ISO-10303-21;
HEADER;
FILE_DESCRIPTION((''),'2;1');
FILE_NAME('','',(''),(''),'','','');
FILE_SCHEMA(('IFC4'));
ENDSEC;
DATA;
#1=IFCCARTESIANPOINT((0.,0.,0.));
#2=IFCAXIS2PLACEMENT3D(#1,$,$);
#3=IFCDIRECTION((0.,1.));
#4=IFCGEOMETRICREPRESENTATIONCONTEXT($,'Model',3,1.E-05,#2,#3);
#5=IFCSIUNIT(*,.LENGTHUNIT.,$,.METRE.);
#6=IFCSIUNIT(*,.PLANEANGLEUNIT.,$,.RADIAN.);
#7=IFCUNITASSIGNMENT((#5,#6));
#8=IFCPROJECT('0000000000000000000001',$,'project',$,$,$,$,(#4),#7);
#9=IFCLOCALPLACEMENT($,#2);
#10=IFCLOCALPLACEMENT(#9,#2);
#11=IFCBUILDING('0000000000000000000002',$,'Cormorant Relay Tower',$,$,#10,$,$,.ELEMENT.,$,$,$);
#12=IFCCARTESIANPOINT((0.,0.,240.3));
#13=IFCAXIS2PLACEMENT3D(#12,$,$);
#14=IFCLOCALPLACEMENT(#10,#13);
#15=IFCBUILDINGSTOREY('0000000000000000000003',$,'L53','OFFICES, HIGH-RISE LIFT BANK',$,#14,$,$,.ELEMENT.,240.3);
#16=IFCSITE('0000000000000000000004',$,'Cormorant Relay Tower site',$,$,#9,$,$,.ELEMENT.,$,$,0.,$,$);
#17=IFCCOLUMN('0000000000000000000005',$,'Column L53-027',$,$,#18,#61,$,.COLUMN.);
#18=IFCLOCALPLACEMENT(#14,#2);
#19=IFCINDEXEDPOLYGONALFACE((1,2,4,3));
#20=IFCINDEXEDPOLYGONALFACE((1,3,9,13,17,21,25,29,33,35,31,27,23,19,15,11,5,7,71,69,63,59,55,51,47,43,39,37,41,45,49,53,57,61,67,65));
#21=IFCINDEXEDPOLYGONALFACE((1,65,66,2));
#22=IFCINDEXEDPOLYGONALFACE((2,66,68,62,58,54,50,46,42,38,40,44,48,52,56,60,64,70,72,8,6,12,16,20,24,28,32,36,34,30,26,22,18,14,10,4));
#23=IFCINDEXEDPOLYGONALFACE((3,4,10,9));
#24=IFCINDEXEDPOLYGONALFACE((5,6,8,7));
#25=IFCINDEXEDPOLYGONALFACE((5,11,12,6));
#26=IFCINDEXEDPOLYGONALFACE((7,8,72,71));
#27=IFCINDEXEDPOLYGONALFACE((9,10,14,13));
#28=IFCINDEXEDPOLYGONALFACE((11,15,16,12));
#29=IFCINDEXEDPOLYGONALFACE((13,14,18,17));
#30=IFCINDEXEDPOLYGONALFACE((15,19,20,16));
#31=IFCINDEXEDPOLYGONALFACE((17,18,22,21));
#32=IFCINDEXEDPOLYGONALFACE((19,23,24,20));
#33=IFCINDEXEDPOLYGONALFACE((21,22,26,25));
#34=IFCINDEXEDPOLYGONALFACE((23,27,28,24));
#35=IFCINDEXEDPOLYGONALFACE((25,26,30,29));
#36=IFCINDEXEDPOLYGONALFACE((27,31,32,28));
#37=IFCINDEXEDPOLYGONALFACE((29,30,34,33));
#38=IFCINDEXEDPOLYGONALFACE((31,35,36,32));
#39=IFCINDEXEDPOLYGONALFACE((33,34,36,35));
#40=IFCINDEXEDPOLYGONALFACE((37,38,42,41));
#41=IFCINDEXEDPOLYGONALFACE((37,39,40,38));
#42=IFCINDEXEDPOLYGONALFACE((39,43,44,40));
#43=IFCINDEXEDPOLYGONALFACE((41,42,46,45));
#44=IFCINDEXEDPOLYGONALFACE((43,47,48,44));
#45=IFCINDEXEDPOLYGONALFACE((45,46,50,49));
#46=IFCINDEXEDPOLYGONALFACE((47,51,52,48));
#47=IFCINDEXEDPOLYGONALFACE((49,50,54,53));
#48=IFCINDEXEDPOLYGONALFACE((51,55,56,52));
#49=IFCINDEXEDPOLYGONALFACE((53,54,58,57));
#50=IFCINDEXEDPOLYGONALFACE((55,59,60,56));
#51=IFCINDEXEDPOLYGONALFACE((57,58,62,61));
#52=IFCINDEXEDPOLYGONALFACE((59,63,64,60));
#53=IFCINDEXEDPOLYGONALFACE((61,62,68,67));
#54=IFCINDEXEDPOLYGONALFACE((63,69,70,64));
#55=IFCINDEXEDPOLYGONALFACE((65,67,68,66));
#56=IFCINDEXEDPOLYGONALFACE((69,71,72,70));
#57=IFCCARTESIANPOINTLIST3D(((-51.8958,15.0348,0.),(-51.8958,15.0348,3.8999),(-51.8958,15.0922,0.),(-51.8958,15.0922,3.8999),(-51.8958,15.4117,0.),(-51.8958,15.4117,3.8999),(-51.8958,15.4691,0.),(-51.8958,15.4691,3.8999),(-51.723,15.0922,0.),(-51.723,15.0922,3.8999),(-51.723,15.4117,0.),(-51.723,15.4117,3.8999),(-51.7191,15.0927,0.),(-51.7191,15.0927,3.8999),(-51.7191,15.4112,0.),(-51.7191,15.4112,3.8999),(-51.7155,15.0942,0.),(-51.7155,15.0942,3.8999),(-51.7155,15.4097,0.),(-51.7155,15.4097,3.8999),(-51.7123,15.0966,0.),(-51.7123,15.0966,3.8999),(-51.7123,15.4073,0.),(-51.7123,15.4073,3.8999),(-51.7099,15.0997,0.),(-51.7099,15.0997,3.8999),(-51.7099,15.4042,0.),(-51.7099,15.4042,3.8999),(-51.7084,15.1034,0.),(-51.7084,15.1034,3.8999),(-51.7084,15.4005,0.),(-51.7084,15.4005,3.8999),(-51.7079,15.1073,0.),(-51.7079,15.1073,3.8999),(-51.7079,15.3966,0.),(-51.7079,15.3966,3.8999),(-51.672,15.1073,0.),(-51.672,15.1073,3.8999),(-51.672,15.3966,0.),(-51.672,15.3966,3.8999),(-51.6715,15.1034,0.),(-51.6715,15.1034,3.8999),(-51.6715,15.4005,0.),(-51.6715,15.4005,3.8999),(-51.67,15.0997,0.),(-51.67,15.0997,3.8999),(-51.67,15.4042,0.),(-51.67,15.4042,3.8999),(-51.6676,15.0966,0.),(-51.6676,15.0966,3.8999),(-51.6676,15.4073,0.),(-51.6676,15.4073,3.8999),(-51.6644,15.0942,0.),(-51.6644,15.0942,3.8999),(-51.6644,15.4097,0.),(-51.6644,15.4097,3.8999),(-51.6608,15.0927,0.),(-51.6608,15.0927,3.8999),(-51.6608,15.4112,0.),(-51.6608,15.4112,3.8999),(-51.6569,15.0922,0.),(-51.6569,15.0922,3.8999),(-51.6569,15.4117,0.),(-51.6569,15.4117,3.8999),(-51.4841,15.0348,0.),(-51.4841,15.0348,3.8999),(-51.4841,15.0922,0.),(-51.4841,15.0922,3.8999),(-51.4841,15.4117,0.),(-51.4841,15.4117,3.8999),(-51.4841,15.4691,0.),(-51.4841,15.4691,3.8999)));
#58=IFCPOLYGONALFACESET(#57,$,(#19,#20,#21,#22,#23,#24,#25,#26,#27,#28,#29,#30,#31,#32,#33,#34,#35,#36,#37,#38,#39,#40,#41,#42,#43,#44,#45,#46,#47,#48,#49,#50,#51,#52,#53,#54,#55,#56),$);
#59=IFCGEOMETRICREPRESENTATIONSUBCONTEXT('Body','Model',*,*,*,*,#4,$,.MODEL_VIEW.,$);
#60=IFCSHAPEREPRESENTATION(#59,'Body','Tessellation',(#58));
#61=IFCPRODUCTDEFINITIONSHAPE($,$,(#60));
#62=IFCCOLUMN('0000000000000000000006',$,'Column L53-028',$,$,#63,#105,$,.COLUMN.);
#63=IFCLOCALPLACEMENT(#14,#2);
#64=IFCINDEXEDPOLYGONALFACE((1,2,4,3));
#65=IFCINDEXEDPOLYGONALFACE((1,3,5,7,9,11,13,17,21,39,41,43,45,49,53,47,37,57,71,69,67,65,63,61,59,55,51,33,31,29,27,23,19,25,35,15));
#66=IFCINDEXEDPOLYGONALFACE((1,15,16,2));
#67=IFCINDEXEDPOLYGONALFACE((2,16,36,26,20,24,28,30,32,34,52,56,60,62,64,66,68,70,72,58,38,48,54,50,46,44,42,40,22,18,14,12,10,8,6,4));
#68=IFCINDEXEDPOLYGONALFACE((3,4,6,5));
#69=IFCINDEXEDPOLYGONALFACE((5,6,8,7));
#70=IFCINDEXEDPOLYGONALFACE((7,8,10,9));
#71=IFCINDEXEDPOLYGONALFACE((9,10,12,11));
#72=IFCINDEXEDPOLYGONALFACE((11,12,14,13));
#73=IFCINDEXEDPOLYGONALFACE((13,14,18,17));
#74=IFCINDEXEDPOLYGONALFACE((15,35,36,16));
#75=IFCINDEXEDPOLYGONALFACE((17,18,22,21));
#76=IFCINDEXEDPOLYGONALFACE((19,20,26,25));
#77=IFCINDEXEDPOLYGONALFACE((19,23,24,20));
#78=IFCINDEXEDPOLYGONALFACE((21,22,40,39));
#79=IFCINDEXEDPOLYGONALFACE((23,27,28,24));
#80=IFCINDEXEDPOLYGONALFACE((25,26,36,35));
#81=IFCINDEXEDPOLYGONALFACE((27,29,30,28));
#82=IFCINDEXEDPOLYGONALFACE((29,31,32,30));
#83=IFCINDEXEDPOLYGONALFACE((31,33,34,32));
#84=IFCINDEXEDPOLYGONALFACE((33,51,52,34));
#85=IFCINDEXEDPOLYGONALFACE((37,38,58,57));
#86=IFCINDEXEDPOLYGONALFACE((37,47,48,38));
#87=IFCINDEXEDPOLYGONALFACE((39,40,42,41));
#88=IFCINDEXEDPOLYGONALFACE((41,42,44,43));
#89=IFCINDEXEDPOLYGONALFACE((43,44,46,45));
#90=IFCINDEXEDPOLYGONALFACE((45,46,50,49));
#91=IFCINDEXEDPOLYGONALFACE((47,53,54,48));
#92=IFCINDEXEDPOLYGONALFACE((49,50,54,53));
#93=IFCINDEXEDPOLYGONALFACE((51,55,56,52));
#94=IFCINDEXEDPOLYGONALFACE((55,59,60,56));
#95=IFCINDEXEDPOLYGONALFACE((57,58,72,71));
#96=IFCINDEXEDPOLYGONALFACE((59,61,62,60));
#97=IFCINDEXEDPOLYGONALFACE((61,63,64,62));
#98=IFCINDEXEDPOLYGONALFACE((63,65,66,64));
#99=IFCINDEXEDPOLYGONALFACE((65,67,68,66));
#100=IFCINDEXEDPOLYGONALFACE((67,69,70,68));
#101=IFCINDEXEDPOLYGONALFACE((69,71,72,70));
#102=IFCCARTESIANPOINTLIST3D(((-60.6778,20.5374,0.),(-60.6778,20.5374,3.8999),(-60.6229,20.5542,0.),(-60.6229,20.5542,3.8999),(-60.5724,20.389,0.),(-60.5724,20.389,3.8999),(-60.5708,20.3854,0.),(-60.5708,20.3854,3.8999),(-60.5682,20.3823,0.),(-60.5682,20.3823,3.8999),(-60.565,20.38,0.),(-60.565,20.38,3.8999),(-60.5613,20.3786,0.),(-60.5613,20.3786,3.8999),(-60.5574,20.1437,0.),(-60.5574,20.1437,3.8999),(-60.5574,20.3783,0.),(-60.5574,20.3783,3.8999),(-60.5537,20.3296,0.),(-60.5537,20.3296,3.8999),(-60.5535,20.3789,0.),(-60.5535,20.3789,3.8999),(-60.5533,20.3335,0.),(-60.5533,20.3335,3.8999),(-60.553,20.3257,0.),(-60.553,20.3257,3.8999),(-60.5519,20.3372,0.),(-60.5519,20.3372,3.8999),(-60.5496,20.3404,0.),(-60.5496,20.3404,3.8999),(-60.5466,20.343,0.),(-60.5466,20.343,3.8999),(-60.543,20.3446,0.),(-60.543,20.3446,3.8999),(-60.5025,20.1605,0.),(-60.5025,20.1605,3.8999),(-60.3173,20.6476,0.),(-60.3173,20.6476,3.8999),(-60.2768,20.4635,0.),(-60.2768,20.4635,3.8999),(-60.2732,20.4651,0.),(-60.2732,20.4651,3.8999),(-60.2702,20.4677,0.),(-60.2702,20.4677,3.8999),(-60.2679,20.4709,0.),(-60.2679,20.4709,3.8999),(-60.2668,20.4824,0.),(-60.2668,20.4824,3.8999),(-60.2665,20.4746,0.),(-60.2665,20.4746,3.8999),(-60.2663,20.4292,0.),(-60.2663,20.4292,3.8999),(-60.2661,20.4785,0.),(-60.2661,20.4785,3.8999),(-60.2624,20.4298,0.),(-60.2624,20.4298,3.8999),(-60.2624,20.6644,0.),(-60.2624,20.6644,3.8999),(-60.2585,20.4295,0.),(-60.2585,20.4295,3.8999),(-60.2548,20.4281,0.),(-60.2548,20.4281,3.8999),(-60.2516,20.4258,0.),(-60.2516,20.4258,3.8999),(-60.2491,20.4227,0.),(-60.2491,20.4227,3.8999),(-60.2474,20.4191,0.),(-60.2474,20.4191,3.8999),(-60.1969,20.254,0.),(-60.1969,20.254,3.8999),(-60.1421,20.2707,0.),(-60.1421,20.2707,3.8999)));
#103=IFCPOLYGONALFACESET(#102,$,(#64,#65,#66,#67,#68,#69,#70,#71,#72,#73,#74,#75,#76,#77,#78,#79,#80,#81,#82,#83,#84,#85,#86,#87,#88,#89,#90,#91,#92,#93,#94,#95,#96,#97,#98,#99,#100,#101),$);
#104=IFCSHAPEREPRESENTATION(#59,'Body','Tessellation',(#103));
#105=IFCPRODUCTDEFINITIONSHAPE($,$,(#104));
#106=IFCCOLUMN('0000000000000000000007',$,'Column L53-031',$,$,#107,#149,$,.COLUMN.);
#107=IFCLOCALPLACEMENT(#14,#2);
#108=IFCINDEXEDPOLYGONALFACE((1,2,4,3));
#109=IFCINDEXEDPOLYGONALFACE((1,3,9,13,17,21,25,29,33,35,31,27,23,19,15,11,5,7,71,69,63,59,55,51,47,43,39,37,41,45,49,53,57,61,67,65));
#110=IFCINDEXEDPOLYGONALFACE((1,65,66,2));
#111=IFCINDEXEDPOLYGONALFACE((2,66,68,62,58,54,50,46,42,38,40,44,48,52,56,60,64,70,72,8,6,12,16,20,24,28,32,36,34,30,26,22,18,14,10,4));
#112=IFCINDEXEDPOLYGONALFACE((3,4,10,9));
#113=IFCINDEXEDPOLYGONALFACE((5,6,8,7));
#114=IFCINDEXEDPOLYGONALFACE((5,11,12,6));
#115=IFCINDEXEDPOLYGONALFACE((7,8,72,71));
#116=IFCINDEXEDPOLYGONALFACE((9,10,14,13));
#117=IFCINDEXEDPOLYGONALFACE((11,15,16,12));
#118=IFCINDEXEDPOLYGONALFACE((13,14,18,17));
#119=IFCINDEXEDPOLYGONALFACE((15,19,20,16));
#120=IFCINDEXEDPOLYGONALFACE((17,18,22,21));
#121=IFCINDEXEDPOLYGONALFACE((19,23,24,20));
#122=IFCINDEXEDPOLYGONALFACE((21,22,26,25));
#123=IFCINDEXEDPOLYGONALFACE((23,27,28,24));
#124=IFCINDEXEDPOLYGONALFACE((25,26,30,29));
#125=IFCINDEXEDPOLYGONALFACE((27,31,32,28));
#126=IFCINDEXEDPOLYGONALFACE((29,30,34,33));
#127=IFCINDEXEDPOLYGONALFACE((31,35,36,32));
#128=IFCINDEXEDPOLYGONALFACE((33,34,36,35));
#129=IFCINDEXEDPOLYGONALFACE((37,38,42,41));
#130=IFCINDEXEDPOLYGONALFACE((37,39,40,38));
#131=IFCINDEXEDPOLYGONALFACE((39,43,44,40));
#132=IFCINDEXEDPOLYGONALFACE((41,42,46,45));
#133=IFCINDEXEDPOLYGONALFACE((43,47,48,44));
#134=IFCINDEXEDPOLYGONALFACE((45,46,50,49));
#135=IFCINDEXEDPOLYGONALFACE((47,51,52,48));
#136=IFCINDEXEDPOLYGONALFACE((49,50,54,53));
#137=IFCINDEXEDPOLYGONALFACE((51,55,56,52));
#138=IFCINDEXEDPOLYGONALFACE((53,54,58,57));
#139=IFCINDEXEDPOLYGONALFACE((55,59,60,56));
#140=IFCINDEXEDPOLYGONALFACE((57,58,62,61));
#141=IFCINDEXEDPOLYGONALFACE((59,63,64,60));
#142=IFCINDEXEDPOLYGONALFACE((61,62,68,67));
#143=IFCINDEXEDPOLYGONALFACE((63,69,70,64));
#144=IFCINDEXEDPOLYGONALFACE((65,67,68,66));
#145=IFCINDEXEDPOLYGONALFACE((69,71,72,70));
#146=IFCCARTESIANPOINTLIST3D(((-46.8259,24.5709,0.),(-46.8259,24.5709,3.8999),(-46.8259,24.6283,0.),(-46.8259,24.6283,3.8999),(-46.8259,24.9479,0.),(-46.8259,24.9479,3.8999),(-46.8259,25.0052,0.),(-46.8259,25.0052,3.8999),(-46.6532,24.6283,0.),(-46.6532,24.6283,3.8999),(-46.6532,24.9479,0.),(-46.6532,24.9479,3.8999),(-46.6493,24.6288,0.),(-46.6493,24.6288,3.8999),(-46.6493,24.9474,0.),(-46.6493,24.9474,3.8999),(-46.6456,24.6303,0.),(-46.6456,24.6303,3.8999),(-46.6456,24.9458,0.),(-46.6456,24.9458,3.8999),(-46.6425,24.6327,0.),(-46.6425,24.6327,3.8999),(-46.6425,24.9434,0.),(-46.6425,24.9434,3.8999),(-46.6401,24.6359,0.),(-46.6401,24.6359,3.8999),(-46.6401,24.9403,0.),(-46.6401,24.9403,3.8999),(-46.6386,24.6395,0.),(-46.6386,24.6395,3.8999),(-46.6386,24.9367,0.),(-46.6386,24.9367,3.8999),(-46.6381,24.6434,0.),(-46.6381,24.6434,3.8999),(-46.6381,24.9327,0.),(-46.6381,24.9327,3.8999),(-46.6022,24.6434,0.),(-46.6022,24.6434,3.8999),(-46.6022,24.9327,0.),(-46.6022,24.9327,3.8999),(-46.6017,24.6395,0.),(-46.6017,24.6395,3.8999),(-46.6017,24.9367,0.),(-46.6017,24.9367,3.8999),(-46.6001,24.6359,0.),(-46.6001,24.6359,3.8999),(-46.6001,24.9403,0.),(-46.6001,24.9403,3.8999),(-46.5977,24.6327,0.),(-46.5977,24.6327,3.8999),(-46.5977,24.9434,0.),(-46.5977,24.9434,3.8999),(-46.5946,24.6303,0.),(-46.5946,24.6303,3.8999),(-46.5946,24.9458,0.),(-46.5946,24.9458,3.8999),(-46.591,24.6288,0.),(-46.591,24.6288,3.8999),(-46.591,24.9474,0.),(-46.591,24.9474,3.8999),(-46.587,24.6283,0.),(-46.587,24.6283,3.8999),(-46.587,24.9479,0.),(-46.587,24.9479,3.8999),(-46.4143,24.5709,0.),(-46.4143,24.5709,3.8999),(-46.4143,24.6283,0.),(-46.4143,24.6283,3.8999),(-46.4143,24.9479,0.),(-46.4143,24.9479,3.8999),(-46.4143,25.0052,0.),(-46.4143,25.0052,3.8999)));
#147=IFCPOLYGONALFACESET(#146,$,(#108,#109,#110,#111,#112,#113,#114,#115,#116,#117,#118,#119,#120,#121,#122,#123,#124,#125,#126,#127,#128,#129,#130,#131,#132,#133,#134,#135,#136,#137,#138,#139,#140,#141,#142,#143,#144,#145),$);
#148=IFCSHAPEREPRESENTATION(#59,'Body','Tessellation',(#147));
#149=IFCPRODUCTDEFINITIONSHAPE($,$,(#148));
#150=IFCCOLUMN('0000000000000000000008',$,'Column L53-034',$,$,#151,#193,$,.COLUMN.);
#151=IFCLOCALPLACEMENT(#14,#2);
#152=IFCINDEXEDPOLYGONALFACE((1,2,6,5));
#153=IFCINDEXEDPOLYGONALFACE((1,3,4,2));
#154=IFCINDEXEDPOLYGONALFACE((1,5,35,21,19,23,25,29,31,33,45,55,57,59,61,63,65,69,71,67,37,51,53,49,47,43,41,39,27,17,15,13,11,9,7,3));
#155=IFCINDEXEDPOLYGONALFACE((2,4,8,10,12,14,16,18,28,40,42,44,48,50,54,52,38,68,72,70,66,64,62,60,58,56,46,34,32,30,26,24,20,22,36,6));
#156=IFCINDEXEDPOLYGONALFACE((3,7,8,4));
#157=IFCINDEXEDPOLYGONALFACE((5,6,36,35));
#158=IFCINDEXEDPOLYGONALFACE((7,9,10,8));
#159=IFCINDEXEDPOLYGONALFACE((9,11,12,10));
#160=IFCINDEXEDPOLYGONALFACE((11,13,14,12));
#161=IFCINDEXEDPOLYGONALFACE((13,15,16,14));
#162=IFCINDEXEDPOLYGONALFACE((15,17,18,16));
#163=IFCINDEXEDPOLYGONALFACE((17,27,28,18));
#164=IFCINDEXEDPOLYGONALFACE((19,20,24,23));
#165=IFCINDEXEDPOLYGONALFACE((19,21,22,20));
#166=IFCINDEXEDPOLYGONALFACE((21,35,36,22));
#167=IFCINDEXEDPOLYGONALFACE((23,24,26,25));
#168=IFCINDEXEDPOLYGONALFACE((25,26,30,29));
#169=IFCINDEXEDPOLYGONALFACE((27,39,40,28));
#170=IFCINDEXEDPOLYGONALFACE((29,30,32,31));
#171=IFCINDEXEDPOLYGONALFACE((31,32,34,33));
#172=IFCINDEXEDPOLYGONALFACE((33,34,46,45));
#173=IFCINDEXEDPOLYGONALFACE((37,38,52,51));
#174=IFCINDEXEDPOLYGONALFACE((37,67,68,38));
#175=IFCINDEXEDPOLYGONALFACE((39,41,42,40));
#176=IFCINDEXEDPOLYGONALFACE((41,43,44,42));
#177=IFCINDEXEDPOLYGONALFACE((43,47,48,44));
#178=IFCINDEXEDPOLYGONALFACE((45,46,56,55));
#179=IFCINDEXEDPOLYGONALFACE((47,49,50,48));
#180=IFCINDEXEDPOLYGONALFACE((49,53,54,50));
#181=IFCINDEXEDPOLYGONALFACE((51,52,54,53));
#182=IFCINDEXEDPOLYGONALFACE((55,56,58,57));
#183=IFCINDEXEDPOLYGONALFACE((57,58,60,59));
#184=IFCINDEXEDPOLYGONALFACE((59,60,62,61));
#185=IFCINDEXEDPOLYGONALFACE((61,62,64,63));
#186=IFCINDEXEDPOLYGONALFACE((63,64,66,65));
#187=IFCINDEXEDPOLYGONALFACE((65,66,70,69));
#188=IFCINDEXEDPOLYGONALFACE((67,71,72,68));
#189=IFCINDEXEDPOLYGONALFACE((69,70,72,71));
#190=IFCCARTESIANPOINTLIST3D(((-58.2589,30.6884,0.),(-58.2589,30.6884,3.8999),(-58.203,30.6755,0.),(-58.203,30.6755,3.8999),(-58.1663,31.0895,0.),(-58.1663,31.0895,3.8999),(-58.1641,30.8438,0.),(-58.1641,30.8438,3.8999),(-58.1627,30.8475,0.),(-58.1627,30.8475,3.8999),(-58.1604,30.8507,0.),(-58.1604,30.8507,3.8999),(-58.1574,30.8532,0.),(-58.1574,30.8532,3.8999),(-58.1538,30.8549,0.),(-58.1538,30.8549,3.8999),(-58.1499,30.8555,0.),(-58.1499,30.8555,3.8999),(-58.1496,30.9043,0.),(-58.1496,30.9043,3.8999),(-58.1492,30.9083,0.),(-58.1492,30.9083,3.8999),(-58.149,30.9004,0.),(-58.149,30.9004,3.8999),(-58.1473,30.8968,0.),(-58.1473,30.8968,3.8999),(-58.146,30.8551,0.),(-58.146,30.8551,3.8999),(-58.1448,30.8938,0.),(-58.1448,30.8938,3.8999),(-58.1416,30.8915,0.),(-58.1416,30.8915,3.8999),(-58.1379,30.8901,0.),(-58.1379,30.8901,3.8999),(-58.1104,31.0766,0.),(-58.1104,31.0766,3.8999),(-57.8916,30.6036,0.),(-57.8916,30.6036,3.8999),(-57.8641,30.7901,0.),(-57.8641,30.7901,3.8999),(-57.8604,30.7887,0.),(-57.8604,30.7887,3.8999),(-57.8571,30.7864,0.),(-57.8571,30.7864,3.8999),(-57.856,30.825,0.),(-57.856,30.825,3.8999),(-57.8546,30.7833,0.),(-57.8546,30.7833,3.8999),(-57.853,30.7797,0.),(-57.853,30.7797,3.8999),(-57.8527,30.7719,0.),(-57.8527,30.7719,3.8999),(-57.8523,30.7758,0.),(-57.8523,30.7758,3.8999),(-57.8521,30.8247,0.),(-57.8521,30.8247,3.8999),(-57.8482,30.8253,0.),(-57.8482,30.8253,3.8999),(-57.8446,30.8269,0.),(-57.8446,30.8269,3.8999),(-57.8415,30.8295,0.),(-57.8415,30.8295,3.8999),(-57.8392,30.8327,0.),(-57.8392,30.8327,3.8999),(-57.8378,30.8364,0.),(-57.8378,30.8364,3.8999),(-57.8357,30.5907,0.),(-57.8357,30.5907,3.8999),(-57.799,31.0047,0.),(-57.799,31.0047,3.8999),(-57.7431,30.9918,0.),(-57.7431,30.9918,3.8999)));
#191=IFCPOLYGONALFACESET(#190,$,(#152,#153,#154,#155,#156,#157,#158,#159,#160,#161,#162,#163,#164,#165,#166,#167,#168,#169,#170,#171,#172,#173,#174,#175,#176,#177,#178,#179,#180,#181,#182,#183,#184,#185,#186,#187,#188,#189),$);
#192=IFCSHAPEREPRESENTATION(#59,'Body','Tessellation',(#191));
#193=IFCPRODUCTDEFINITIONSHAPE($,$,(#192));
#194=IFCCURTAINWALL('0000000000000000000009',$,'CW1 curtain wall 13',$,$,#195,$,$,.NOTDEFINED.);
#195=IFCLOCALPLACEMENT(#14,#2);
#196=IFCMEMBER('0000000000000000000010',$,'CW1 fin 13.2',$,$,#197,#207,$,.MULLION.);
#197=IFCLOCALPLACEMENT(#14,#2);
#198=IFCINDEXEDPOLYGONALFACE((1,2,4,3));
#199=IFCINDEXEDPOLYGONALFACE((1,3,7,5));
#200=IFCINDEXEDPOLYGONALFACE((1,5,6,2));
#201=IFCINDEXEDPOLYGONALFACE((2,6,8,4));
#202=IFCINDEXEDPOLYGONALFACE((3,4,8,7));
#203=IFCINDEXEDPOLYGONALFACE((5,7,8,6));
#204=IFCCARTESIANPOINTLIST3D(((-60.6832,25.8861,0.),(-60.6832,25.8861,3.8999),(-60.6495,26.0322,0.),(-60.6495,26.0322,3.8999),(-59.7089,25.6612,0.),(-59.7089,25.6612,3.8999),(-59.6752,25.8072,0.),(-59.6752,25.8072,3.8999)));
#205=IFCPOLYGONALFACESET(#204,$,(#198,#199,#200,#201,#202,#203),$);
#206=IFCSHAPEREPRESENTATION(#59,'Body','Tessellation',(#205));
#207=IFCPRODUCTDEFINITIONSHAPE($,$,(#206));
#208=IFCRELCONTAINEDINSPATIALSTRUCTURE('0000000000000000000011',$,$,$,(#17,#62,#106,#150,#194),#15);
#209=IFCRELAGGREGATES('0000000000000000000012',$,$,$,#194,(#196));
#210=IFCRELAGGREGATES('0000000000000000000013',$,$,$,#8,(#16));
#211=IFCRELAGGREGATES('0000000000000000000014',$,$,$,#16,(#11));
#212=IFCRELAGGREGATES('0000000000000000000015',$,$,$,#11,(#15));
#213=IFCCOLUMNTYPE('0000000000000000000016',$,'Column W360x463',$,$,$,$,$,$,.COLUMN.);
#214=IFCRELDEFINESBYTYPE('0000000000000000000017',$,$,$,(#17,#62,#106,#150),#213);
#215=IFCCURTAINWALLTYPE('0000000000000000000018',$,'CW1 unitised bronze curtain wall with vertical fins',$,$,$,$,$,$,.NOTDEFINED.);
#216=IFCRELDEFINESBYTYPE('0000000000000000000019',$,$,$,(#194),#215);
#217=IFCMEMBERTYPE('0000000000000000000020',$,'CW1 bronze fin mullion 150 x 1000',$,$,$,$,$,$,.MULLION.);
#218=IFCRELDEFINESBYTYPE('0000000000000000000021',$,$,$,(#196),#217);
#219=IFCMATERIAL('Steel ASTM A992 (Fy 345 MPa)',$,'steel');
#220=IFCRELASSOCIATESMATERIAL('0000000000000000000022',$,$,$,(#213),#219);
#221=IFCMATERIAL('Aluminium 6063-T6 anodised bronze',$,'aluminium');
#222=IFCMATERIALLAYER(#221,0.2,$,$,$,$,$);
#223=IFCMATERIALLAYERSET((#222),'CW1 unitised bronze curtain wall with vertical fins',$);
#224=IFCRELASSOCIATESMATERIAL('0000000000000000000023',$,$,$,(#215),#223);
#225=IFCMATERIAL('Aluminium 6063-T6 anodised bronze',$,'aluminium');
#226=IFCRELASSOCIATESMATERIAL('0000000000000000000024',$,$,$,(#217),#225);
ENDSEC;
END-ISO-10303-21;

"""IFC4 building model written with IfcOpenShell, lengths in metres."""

from ifc_helpers import new_model, si_unit, direction, frame, origin, origin_2d, place, context, subcontext, project, spatial, rectangle, i_section, extrude, material, layer, layer_set, material_profile, profile_set, type_object, element, aggregate, save


model = new_model("IFC4")

# Units and contexts
model_context = context("Model", 3, precision=1e-05, world=origin(), true_north=direction((0.0, 1.0)))
body_context = subcontext(model_context, "Body", "Model", "MODEL_VIEW")
ifc_project = project(units=[si_unit("LENGTHUNIT", "METRE"), si_unit("PLANEANGLEUNIT", "RADIAN")], contexts=[model_context])

# Site, building, storey
site_placement = place(None, origin())
site = spatial("IfcSite", under=ifc_project, at=site_placement, Name="Cormorant Relay Tower site", CompositionType="ELEMENT", RefElevation=0.0)
building_placement = place(site_placement, origin())
building = spatial("IfcBuilding", under=site, at=building_placement, Name="Cormorant Relay Tower", CompositionType="ELEMENT")
storey_placement = place(building_placement, frame((0.0, 0.0, 240.3)))
storey = spatial("IfcBuildingStorey", under=building, at=storey_placement, Name="L53", Description="OFFICES, HIGH-RISE LIFT BANK", CompositionType="ELEMENT", Elevation=240.3)

# Columns
ifc_material_1 = material(Name="Steel ASTM A992 (Fy 345 MPa)", Category="steel")
ifc_material_profile_1 = material_profile(ifc_material_1, i_section(OverallWidth=0.4116, OverallDepth=0.4343, WebThickness=0.0359, FlangeThickness=0.0574, FilletRadius=0.0151, at=origin_2d()), Name="W360x463")
ifc_profile_set_1 = profile_set([ifc_material_profile_1], Name="Steel ASTM A992 (Fy 345 MPa)")
column_type = type_object("IfcColumnType", Name="Column W360x463", PredefinedType="COLUMN", material=ifc_profile_set_1)
for number, where, z_axis, x_axis, name in (
    (1, (-51.6899, 15.252, 0.0), (0.0, 0.0, 1.0), (1.0, 0.0, 0.0), "Column L53-027"),
    (2, (-60.4099, 20.4041, 0.0), (0.0, 0.0, 1.0), (0.292372, -0.956305, 0.0), "Column L53-028"),
    (3, (-46.6201, 24.7881, 0.0), (0.0, 0.0, 1.0), (1.0, 0.0, 0.0), "Column L53-031"),
    (4, (-58.001, 30.8401, 0.0), (0.0, 0.0, 1.0), (-0.224951, -0.97437, 0.0), "Column L53-034"),
):
    element("IfcColumn", number, at=place(storey_placement, frame(where, z_axis=z_axis, x_axis=x_axis)), inside=storey, type_object=column_type, Name=name, PredefinedType="COLUMN", context=body_context, shape_type="SweptSolid", body=[
        extrude(i_section(OverallWidth=0.4116, OverallDepth=0.4343, WebThickness=0.0359, FlangeThickness=0.0574, FilletRadius=0.0151, at=origin_2d()), origin(), (0.0, 0.0, 1.0), 3.8999),
    ])

# Curtain wall, member
ifc_material_2 = material(Name="Aluminium 6063-T6 anodised bronze", Category="aluminium")
ifc_layer_1 = layer(ifc_material_2, 0.2)
ifc_layer_set_1 = layer_set([ifc_layer_1], Name="CW1 unitised bronze curtain wall with vertical fins")
curtain_wall_type = type_object("IfcCurtainWallType", Name="CW1 unitised bronze curtain wall with vertical fins", PredefinedType="NOTDEFINED", material=ifc_layer_set_1)
curtain_wall_1_placement = place(storey_placement, origin())
curtain_wall_1 = element("IfcCurtainWall", 5, at=curtain_wall_1_placement, inside=storey, type_object=curtain_wall_type, Name="CW1 curtain wall 13", PredefinedType="NOTDEFINED")
ifc_material_3 = material(Name="Aluminium 6063-T6 anodised bronze", Category="aluminium")
ifc_material_profile_2 = material_profile(ifc_material_3, rectangle(XDim=0.1499, YDim=1.0, at=origin_2d()), Name="AL 150x1000")
ifc_profile_set_2 = profile_set([ifc_material_profile_2], Name="Aluminium 6063-T6 anodised bronze")
member_type_1 = type_object("IfcMemberType", Name="CW1 bronze fin mullion 150 x 1000", PredefinedType="MULLION", material=ifc_profile_set_2)
member_1_placement = place(storey_placement, frame((-60.1792, 25.8467, 0.0), z_axis=(0.0, 0.0, 1.0), x_axis=(-0.224951, -0.97437, 0.0)))
member_1 = element("IfcMember", 6, at=member_1_placement, type_object=member_type_1, Name="CW1 fin 13.2", PredefinedType="MULLION", context=body_context, shape_type="SweptSolid", body=[
    extrude(rectangle(XDim=0.1499, YDim=1.0, at=origin_2d()), origin(), (0.0, 0.0, 1.0), 3.8999),
])

aggregate(curtain_wall_1, [member_1])

save(model, "model.ifc")
